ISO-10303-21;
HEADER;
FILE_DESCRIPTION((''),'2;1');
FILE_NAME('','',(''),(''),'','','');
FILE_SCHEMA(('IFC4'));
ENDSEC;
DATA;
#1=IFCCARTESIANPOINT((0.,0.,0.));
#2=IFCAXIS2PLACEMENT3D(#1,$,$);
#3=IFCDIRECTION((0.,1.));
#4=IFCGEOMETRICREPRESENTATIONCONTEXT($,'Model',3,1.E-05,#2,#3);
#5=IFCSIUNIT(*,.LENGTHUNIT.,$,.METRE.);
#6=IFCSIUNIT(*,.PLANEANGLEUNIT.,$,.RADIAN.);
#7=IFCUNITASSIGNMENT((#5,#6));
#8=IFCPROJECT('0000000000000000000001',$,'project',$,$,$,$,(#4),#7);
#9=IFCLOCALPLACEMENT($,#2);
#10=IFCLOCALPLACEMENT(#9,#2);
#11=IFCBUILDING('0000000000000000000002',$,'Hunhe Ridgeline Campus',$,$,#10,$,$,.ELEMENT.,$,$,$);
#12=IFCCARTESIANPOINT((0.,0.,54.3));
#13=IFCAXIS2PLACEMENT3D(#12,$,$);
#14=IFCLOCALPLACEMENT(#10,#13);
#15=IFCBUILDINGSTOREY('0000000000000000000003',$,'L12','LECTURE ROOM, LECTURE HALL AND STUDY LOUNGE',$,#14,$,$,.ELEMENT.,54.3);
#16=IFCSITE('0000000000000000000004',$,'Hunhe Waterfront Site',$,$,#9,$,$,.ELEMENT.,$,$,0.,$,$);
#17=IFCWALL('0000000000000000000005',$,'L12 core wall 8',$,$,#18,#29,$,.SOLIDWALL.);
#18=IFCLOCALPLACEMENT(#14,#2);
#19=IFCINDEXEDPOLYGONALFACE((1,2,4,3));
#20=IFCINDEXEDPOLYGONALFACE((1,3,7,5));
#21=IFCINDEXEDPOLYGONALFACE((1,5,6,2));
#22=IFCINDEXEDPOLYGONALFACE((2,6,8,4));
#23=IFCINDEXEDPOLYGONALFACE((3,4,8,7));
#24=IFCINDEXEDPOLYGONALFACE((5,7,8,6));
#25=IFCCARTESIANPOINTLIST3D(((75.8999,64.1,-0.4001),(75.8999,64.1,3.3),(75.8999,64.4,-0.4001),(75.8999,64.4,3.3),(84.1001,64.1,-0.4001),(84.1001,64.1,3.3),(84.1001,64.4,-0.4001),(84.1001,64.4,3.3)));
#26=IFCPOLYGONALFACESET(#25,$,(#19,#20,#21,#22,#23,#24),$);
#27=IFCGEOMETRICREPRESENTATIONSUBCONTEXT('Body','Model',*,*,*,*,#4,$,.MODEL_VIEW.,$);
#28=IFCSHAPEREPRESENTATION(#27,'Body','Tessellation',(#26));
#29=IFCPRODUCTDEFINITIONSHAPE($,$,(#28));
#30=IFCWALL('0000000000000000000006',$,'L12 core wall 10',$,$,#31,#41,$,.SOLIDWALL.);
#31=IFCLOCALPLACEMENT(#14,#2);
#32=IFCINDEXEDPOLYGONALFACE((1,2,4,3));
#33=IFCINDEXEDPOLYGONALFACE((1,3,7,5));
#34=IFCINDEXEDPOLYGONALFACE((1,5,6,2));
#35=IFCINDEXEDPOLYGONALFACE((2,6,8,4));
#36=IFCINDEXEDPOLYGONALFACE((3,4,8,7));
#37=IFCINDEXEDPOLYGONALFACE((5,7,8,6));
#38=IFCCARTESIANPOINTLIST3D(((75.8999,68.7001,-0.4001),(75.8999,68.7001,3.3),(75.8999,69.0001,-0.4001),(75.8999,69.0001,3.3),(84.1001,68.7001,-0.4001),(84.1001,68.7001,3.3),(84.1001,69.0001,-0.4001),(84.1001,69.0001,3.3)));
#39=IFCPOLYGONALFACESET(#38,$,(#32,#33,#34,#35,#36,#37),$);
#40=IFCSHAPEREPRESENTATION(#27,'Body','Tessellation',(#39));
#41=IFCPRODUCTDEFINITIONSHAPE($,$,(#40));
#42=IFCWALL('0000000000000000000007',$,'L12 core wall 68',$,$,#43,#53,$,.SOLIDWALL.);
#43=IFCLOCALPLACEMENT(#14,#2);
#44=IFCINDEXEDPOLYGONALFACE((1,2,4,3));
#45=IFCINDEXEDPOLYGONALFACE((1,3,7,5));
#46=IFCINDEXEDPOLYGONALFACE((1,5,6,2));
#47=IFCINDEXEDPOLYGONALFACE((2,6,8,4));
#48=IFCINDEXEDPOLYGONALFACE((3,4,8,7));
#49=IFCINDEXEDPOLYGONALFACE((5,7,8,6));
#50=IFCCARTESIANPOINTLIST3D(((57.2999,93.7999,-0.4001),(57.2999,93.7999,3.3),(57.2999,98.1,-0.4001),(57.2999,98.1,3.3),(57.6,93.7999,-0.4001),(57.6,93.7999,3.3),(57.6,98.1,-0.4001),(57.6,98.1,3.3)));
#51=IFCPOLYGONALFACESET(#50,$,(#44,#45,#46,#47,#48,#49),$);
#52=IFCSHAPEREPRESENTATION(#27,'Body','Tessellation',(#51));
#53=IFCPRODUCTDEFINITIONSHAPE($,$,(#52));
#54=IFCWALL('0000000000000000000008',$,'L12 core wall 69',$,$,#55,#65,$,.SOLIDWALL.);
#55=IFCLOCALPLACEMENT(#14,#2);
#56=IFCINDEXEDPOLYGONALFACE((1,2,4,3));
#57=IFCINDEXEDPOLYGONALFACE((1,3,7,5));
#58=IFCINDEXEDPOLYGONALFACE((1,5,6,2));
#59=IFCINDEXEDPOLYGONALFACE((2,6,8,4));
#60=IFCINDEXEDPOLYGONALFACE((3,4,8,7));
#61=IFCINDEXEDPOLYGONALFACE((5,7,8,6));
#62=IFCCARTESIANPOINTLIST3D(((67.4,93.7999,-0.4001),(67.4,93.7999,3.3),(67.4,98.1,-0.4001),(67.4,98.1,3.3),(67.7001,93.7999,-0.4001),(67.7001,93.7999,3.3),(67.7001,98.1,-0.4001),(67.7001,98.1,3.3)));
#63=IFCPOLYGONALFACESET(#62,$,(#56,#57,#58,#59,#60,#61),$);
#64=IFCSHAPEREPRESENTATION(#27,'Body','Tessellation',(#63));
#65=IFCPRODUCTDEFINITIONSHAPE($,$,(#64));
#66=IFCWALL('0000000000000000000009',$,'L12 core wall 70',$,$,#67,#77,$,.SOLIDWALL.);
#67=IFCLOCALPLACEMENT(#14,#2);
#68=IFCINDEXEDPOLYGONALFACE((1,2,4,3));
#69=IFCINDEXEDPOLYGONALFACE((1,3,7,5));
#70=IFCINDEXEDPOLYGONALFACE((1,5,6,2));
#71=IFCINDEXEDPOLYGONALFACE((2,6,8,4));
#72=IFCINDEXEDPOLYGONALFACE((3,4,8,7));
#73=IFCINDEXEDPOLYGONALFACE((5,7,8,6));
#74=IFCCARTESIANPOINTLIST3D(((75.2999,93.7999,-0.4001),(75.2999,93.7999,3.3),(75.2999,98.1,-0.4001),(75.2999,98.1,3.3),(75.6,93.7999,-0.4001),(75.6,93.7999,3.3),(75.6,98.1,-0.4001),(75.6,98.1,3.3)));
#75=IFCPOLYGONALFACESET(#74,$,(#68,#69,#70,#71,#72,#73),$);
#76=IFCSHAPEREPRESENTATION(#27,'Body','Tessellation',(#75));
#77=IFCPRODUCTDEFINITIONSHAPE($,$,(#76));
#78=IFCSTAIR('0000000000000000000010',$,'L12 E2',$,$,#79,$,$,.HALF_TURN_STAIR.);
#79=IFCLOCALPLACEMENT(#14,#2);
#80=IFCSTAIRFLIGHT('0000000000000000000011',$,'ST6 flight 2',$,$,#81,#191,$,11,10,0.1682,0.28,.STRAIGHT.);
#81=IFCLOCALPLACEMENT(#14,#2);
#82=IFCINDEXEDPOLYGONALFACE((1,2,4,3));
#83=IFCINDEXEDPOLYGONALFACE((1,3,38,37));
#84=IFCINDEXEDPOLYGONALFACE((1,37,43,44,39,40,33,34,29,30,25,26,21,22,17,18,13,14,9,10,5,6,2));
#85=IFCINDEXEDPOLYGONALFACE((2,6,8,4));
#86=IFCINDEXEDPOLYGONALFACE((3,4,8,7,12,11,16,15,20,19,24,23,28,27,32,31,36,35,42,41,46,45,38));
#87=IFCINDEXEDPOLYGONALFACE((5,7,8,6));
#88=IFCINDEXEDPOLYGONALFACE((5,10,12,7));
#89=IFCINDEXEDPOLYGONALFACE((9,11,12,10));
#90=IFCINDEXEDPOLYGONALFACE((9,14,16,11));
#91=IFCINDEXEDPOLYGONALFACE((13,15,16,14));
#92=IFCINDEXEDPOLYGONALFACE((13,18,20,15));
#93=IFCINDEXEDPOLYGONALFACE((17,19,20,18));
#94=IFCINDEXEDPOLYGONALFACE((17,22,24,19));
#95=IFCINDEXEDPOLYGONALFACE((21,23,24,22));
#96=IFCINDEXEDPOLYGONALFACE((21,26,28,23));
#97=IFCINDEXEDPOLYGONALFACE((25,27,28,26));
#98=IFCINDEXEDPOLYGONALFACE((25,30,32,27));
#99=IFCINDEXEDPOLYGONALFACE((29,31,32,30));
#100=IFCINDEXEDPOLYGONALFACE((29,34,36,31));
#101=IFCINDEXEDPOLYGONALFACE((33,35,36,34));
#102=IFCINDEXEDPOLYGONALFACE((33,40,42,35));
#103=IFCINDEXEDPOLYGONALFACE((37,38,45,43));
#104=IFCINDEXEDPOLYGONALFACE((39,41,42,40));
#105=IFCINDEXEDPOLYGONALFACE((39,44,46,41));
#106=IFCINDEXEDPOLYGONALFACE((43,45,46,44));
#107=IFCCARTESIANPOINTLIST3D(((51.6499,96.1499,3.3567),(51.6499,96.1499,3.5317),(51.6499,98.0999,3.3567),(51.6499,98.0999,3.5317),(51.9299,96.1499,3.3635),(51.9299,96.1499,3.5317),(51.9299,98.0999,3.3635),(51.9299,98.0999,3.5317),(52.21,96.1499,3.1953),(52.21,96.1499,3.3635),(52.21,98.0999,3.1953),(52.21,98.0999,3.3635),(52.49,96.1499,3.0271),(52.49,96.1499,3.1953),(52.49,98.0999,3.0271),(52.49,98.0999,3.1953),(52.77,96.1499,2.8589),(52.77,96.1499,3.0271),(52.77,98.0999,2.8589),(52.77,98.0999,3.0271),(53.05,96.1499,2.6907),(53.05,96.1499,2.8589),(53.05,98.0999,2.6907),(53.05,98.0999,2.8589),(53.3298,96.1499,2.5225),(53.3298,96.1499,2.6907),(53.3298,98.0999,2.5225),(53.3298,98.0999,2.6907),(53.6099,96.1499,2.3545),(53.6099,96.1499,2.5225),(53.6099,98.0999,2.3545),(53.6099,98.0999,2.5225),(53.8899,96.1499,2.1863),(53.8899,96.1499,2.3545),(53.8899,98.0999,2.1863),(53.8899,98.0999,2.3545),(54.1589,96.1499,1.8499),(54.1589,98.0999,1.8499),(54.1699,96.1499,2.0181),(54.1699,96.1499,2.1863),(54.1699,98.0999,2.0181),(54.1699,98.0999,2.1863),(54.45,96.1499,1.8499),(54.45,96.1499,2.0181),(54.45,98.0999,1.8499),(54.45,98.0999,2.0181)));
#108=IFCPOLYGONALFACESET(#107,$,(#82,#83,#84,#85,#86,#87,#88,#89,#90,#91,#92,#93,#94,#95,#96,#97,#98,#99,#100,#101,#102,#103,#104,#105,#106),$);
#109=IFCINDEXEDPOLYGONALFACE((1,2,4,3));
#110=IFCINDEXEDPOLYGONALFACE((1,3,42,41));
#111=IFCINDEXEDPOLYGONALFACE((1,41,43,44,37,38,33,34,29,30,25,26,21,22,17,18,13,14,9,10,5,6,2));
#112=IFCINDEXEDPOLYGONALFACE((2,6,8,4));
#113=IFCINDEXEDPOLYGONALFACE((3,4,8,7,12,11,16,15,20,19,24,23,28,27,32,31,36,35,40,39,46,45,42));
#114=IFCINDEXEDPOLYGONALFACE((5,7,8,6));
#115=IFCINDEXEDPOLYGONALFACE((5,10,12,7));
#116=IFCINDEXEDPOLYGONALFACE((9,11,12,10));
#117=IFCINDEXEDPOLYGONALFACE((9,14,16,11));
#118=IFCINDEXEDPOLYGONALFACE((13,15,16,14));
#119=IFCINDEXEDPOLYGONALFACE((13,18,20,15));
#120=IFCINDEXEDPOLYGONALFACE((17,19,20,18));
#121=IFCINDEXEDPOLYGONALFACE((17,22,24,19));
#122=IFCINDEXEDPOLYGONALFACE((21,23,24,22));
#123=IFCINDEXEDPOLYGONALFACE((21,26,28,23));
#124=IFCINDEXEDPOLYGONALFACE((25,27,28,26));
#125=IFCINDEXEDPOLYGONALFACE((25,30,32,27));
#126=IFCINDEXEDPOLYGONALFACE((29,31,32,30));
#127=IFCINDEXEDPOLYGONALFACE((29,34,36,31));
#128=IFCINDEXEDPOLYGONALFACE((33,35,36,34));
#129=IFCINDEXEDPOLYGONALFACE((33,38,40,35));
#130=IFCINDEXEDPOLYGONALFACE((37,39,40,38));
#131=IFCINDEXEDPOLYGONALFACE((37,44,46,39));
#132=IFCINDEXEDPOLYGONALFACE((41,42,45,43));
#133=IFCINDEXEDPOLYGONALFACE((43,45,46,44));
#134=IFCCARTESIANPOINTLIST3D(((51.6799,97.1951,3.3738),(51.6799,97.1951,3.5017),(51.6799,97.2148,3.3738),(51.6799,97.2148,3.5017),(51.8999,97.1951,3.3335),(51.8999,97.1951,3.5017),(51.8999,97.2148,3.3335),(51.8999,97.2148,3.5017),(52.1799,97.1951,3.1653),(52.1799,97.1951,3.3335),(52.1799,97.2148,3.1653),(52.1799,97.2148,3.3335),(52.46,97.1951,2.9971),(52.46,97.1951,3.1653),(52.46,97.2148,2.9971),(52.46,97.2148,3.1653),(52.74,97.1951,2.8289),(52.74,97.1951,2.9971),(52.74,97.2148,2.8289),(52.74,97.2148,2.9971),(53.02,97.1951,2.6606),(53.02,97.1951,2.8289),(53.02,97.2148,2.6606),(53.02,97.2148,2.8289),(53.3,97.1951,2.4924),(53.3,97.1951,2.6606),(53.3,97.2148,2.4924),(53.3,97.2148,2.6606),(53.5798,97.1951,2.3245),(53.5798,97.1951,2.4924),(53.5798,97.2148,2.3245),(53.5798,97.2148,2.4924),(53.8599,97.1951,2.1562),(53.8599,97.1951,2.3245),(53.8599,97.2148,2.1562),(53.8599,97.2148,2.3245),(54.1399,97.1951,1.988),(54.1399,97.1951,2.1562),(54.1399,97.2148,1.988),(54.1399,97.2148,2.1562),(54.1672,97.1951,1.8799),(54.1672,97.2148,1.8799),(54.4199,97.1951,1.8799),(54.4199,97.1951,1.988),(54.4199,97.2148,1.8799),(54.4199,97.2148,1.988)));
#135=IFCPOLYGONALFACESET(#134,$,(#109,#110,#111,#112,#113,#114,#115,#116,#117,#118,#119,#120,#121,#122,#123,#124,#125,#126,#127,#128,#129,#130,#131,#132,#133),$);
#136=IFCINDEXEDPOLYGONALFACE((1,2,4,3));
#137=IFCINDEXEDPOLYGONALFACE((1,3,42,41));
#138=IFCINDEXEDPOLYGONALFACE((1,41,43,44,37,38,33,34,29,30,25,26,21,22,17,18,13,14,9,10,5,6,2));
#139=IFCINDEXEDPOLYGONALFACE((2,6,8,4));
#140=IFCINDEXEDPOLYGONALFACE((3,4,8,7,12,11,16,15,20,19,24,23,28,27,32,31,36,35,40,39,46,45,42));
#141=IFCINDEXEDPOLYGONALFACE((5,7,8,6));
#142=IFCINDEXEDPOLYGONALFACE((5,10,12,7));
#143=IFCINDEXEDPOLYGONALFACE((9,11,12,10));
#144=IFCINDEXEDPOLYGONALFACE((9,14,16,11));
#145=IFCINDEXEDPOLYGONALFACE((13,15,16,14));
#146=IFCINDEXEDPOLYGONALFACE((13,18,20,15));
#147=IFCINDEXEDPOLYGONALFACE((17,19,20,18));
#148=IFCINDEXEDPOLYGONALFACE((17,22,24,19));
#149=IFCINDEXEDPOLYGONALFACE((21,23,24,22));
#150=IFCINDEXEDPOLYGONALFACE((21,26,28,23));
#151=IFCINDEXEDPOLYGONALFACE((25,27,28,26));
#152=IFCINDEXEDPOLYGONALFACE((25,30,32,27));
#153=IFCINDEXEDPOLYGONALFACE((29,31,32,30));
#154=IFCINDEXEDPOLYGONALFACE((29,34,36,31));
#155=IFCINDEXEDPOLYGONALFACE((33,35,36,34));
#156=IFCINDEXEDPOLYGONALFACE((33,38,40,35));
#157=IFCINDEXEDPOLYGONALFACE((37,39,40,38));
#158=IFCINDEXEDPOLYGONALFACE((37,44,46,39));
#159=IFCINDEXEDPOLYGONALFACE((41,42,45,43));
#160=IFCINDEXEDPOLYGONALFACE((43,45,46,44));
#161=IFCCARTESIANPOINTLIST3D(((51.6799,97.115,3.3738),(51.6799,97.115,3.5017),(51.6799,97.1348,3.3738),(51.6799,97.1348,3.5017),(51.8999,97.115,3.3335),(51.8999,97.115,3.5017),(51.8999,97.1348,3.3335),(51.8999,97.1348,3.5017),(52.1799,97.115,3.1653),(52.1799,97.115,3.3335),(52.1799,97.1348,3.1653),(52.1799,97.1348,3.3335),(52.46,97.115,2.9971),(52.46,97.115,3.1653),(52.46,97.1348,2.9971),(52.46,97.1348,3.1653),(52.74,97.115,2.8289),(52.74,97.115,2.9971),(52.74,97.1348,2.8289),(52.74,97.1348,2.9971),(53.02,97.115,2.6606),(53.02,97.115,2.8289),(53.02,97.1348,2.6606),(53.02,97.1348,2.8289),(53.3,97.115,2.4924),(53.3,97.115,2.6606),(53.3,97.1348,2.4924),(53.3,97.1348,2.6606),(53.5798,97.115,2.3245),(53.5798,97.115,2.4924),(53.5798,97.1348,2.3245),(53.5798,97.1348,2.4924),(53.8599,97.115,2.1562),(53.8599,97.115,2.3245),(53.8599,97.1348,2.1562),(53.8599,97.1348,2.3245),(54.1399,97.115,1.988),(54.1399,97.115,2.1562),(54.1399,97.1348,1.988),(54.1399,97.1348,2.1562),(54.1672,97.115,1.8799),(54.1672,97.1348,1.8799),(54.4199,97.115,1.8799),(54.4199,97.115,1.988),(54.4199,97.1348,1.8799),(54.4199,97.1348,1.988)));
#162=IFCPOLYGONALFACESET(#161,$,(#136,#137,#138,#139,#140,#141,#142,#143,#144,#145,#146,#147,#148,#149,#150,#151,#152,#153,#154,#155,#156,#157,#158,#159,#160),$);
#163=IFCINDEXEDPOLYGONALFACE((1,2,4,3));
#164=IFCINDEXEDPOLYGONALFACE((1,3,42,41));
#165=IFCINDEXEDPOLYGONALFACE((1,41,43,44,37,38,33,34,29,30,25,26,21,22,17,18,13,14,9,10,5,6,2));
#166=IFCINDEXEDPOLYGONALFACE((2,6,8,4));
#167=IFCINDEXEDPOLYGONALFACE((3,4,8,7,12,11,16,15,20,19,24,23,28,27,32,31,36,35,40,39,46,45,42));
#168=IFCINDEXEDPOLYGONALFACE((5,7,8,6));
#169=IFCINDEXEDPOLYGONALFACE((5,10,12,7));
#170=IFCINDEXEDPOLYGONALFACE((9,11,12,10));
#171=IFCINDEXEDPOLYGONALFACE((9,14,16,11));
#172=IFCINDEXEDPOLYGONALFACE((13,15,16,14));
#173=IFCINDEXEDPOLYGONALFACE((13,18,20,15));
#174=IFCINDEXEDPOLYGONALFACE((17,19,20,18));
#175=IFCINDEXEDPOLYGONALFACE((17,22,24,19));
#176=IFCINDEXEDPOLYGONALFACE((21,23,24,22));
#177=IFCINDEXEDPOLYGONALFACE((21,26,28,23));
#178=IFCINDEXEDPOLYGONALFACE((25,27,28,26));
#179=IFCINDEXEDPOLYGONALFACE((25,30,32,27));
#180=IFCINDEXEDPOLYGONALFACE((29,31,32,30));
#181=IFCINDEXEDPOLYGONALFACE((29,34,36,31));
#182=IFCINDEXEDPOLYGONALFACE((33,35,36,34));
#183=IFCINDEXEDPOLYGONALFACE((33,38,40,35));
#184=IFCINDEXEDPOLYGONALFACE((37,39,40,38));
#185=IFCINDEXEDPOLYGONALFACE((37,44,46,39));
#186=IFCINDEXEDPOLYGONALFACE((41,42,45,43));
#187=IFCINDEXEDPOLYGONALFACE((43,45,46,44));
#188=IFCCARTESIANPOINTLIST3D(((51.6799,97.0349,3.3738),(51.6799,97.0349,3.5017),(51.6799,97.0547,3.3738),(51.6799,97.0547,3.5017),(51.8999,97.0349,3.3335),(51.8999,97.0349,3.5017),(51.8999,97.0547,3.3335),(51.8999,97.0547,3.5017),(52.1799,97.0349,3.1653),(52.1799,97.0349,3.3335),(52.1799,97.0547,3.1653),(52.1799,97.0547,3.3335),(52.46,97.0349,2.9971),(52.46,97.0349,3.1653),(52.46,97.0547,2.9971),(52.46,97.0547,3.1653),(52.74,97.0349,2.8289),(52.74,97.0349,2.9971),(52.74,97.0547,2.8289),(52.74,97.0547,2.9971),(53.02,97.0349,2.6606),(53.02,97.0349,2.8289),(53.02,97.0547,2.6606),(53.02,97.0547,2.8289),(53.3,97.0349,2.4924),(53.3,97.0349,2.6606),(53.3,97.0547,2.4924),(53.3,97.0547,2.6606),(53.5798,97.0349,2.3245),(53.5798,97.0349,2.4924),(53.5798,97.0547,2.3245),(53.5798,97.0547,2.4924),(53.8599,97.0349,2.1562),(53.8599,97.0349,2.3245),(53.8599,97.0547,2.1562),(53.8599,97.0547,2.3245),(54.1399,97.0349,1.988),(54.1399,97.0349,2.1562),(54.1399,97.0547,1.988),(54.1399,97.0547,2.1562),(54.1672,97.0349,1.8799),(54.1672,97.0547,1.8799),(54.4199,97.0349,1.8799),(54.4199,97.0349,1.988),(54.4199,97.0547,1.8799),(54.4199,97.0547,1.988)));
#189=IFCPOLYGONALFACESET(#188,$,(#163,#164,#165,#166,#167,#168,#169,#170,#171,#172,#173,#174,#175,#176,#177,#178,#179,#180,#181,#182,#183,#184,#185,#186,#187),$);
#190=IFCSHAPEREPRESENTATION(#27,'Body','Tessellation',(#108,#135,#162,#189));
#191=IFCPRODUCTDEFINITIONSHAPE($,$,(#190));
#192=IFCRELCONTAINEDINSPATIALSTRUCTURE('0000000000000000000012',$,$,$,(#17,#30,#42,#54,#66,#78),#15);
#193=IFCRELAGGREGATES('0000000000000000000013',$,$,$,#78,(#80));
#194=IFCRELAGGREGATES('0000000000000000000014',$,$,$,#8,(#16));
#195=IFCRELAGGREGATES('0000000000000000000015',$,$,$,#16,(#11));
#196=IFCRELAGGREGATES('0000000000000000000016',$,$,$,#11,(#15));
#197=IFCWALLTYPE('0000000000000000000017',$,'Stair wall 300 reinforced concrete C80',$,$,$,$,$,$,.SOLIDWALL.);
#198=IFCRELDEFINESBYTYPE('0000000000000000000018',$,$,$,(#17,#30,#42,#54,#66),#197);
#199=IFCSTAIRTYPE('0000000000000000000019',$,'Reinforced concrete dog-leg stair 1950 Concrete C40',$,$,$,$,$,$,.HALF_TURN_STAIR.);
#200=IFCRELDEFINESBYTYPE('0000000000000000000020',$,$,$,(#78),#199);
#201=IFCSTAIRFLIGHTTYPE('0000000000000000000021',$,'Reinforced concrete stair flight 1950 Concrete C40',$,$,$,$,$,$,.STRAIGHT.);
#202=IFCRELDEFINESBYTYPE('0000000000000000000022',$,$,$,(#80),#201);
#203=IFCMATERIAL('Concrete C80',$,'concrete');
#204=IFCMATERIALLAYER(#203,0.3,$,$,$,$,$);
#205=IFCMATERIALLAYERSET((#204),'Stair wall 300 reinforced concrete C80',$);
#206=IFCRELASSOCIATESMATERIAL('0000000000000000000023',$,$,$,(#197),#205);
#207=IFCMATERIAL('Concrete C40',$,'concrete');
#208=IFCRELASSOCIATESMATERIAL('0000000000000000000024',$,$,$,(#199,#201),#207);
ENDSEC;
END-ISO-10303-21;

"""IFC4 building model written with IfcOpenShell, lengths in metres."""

from ifc_helpers import new_model, si_unit, direction, frame, frame_2d, origin, place, context, subcontext, project, spatial, polyline, rectangle, outline, extrude, material, layer, layer_set, type_object, element, aggregate, save


model = new_model("IFC4")

# Units and contexts
model_context = context("Model", 3, precision=1e-05, world=origin(), true_north=direction((0.0, 1.0)))
body_context = subcontext(model_context, "Body", "Model", "MODEL_VIEW")
ifc_project = project(units=[si_unit("LENGTHUNIT", "METRE"), si_unit("PLANEANGLEUNIT", "RADIAN")], contexts=[model_context])

# Site, building, storey
site_placement = place(None, origin())
site = spatial("IfcSite", under=ifc_project, at=site_placement, Name="Hunhe Waterfront Site", CompositionType="ELEMENT", RefElevation=0.0)
building_placement = place(site_placement, origin())
building = spatial("IfcBuilding", under=site, at=building_placement, Name="Hunhe Ridgeline Campus", CompositionType="ELEMENT")
storey_placement = place(building_placement, frame((0.0, 0.0, 54.3)))
storey = spatial("IfcBuildingStorey", under=building, at=storey_placement, Name="L12", Description="LECTURE ROOM, LECTURE HALL AND STUDY LOUNGE", CompositionType="ELEMENT", Elevation=54.3)

# Shared definitions
ifc_material_1 = material(Name="Concrete C80", Category="concrete")

# Walls
ifc_layer_1 = layer(ifc_material_1, 0.3)
ifc_layer_set_1 = layer_set([ifc_layer_1], Name="Stair wall 300 reinforced concrete C80")
wall_type_1 = type_object("IfcWallType", Name="Stair wall 300 reinforced concrete C80", PredefinedType="SOLIDWALL", material=ifc_layer_set_1)
for number, where, z_axis, x_axis, name in (
    (1, (75.8999, 64.25, -0.4001), (0.0, 0.0, 1.0), (1.0, 0.0, 0.0), "L12 core wall 8"),
    (2, (75.8999, 68.8501, -0.4001), (0.0, 0.0, 1.0), (1.0, 0.0, 0.0), "L12 core wall 10"),
):
    element("IfcWall", number, at=place(storey_placement, frame(where, z_axis=z_axis, x_axis=x_axis)), inside=storey, type_object=wall_type_1, Name=name, PredefinedType="SOLIDWALL", context=body_context, shape_type="SweptSolid", body=[
        extrude(rectangle(XDim=8.2002, YDim=0.3, at=frame_2d((4.1001, 0.0))), origin(), (0.0, 0.0, 1.0), 3.7002),
    ])

# Walls
for number, where, z_axis, x_axis, name in (
    (3, (57.45, 93.8, -0.4001), (0.0, 0.0, 1.0), (0.0, 1.0, 0.0), "L12 core wall 68"),
    (4, (67.55, 93.8, -0.4001), (0.0, 0.0, 1.0), (0.0, 1.0, 0.0), "L12 core wall 69"),
    (5, (75.45, 93.8, -0.4001), (0.0, 0.0, 1.0), (0.0, 1.0, 0.0), "L12 core wall 70"),
):
    element("IfcWall", number, at=place(storey_placement, frame(where, z_axis=z_axis, x_axis=x_axis)), inside=storey, type_object=wall_type_1, Name=name, PredefinedType="SOLIDWALL", context=body_context, shape_type="SweptSolid", body=[
        extrude(rectangle(XDim=4.3, YDim=0.3, at=frame_2d((2.1499, 0.0))), origin(), (0.0, 0.0, 1.0), 3.7002),
    ])

# Stair, stair flight
ifc_material_2 = material(Name="Concrete C40", Category="concrete")
stair_type = type_object("IfcStairType", Name="Reinforced concrete dog-leg stair 1950 Concrete C40", PredefinedType="HALF_TURN_STAIR", material=ifc_material_2)
stair_1_placement = place(storey_placement, origin())
stair_1 = element("IfcStair", 6, at=stair_1_placement, inside=storey, type_object=stair_type, Name="L12 E2", PredefinedType="HALF_TURN_STAIR")
stair_flight_type = type_object("IfcStairFlightType", Name="Reinforced concrete stair flight 1950 Concrete C40", PredefinedType="STRAIGHT", material=ifc_material_2)
stair_flight_1_placement = place(storey_placement, frame((54.45, 97.125, 1.8499), z_axis=(0.0, 0.0, 1.0), x_axis=(-1.0, 0.0, 0.0)))
stair_flight_1 = element("IfcStairFlight", 7, at=stair_flight_1_placement, type_object=stair_flight_type, Name="ST6 flight 2", NumberOfRisers=11, NumberOfTreads=10, PredefinedType="STRAIGHT", RiserHeight=0.1682, TreadLength=0.28, context=body_context, shape_type="SweptSolid", body=[
    extrude(outline(polyline([(0.0, 0.0), (0.0, 0.1682), (0.28, 0.1682), (0.28, 0.3364), (0.5601, 0.3364), (0.5601, 0.5046), (0.8401, 0.5046), (0.8401, 0.6726), (1.1201, 0.6726), (1.1201, 0.8408), (1.3999, 0.8408), (1.3999, 1.009), (1.6799, 1.009), (1.6799, 1.1772), (1.96, 1.1772), (1.96, 1.3455), (2.24, 1.3455), (2.24, 1.5137), (2.52, 1.5137), (2.52, 1.6819), (2.8, 1.6819), (2.8, 1.8501), (2.8, 1.5068), (0.291, 0.0), (0.0, 0.0)])), frame((0.0, 0.9751, 0.0), z_axis=(0.0, -1.0, 0.0), x_axis=(1.0, 0.0, 0.0)), (0.0, 0.0, 1.0), 1.95),
    extrude(outline(polyline([(0.03, 0.03), (0.03, 0.1382), (0.3101, 0.1382), (0.3101, 0.3064), (0.5901, 0.3064), (0.5901, 0.4746), (0.8701, 0.4746), (0.8701, 0.6426), (1.1499, 0.6426), (1.1499, 0.8108), (1.4299, 0.8108), (1.4299, 0.979), (1.71, 0.979), (1.71, 1.1472), (1.99, 1.1472), (1.99, 1.3154), (2.27, 1.3154), (2.27, 1.4836), (2.55, 1.4836), (2.55, 1.6519), (2.77, 1.6519), (2.77, 1.5239), (0.2827, 0.03), (0.03, 0.03)])), frame((0.0, -0.0701, 0.0), z_axis=(0.0, -1.0, 0.0), x_axis=(1.0, 0.0, 0.0)), (0.0, 0.0, 1.0), 0.0198),
    extrude(outline(polyline([(0.03, 0.03), (0.03, 0.1382), (0.3101, 0.1382), (0.3101, 0.3064), (0.5901, 0.3064), (0.5901, 0.4746), (0.8701, 0.4746), (0.8701, 0.6426), (1.1499, 0.6426), (1.1499, 0.8108), (1.4299, 0.8108), (1.4299, 0.979), (1.71, 0.979), (1.71, 1.1472), (1.99, 1.1472), (1.99, 1.3154), (2.27, 1.3154), (2.27, 1.4836), (2.55, 1.4836), (2.55, 1.6519), (2.77, 1.6519), (2.77, 1.5239), (0.2827, 0.03), (0.03, 0.03)])), frame((0.0, 0.01, 0.0), z_axis=(0.0, -1.0, 0.0), x_axis=(1.0, 0.0, 0.0)), (0.0, 0.0, 1.0), 0.0198),
    extrude(outline(polyline([(0.03, 0.03), (0.03, 0.1382), (0.3101, 0.1382), (0.3101, 0.3064), (0.5901, 0.3064), (0.5901, 0.4746), (0.8701, 0.4746), (0.8701, 0.6426), (1.1499, 0.6426), (1.1499, 0.8108), (1.4299, 0.8108), (1.4299, 0.979), (1.71, 0.979), (1.71, 1.1472), (1.99, 1.1472), (1.99, 1.3154), (2.27, 1.3154), (2.27, 1.4836), (2.55, 1.4836), (2.55, 1.6519), (2.77, 1.6519), (2.77, 1.5239), (0.2827, 0.03), (0.03, 0.03)])), frame((0.0, 0.0901, 0.0), z_axis=(0.0, -1.0, 0.0), x_axis=(1.0, 0.0, 0.0)), (0.0, 0.0, 1.0), 0.0198),
])
aggregate(stair_1, [stair_flight_1])

save(model, "model.ifc")
